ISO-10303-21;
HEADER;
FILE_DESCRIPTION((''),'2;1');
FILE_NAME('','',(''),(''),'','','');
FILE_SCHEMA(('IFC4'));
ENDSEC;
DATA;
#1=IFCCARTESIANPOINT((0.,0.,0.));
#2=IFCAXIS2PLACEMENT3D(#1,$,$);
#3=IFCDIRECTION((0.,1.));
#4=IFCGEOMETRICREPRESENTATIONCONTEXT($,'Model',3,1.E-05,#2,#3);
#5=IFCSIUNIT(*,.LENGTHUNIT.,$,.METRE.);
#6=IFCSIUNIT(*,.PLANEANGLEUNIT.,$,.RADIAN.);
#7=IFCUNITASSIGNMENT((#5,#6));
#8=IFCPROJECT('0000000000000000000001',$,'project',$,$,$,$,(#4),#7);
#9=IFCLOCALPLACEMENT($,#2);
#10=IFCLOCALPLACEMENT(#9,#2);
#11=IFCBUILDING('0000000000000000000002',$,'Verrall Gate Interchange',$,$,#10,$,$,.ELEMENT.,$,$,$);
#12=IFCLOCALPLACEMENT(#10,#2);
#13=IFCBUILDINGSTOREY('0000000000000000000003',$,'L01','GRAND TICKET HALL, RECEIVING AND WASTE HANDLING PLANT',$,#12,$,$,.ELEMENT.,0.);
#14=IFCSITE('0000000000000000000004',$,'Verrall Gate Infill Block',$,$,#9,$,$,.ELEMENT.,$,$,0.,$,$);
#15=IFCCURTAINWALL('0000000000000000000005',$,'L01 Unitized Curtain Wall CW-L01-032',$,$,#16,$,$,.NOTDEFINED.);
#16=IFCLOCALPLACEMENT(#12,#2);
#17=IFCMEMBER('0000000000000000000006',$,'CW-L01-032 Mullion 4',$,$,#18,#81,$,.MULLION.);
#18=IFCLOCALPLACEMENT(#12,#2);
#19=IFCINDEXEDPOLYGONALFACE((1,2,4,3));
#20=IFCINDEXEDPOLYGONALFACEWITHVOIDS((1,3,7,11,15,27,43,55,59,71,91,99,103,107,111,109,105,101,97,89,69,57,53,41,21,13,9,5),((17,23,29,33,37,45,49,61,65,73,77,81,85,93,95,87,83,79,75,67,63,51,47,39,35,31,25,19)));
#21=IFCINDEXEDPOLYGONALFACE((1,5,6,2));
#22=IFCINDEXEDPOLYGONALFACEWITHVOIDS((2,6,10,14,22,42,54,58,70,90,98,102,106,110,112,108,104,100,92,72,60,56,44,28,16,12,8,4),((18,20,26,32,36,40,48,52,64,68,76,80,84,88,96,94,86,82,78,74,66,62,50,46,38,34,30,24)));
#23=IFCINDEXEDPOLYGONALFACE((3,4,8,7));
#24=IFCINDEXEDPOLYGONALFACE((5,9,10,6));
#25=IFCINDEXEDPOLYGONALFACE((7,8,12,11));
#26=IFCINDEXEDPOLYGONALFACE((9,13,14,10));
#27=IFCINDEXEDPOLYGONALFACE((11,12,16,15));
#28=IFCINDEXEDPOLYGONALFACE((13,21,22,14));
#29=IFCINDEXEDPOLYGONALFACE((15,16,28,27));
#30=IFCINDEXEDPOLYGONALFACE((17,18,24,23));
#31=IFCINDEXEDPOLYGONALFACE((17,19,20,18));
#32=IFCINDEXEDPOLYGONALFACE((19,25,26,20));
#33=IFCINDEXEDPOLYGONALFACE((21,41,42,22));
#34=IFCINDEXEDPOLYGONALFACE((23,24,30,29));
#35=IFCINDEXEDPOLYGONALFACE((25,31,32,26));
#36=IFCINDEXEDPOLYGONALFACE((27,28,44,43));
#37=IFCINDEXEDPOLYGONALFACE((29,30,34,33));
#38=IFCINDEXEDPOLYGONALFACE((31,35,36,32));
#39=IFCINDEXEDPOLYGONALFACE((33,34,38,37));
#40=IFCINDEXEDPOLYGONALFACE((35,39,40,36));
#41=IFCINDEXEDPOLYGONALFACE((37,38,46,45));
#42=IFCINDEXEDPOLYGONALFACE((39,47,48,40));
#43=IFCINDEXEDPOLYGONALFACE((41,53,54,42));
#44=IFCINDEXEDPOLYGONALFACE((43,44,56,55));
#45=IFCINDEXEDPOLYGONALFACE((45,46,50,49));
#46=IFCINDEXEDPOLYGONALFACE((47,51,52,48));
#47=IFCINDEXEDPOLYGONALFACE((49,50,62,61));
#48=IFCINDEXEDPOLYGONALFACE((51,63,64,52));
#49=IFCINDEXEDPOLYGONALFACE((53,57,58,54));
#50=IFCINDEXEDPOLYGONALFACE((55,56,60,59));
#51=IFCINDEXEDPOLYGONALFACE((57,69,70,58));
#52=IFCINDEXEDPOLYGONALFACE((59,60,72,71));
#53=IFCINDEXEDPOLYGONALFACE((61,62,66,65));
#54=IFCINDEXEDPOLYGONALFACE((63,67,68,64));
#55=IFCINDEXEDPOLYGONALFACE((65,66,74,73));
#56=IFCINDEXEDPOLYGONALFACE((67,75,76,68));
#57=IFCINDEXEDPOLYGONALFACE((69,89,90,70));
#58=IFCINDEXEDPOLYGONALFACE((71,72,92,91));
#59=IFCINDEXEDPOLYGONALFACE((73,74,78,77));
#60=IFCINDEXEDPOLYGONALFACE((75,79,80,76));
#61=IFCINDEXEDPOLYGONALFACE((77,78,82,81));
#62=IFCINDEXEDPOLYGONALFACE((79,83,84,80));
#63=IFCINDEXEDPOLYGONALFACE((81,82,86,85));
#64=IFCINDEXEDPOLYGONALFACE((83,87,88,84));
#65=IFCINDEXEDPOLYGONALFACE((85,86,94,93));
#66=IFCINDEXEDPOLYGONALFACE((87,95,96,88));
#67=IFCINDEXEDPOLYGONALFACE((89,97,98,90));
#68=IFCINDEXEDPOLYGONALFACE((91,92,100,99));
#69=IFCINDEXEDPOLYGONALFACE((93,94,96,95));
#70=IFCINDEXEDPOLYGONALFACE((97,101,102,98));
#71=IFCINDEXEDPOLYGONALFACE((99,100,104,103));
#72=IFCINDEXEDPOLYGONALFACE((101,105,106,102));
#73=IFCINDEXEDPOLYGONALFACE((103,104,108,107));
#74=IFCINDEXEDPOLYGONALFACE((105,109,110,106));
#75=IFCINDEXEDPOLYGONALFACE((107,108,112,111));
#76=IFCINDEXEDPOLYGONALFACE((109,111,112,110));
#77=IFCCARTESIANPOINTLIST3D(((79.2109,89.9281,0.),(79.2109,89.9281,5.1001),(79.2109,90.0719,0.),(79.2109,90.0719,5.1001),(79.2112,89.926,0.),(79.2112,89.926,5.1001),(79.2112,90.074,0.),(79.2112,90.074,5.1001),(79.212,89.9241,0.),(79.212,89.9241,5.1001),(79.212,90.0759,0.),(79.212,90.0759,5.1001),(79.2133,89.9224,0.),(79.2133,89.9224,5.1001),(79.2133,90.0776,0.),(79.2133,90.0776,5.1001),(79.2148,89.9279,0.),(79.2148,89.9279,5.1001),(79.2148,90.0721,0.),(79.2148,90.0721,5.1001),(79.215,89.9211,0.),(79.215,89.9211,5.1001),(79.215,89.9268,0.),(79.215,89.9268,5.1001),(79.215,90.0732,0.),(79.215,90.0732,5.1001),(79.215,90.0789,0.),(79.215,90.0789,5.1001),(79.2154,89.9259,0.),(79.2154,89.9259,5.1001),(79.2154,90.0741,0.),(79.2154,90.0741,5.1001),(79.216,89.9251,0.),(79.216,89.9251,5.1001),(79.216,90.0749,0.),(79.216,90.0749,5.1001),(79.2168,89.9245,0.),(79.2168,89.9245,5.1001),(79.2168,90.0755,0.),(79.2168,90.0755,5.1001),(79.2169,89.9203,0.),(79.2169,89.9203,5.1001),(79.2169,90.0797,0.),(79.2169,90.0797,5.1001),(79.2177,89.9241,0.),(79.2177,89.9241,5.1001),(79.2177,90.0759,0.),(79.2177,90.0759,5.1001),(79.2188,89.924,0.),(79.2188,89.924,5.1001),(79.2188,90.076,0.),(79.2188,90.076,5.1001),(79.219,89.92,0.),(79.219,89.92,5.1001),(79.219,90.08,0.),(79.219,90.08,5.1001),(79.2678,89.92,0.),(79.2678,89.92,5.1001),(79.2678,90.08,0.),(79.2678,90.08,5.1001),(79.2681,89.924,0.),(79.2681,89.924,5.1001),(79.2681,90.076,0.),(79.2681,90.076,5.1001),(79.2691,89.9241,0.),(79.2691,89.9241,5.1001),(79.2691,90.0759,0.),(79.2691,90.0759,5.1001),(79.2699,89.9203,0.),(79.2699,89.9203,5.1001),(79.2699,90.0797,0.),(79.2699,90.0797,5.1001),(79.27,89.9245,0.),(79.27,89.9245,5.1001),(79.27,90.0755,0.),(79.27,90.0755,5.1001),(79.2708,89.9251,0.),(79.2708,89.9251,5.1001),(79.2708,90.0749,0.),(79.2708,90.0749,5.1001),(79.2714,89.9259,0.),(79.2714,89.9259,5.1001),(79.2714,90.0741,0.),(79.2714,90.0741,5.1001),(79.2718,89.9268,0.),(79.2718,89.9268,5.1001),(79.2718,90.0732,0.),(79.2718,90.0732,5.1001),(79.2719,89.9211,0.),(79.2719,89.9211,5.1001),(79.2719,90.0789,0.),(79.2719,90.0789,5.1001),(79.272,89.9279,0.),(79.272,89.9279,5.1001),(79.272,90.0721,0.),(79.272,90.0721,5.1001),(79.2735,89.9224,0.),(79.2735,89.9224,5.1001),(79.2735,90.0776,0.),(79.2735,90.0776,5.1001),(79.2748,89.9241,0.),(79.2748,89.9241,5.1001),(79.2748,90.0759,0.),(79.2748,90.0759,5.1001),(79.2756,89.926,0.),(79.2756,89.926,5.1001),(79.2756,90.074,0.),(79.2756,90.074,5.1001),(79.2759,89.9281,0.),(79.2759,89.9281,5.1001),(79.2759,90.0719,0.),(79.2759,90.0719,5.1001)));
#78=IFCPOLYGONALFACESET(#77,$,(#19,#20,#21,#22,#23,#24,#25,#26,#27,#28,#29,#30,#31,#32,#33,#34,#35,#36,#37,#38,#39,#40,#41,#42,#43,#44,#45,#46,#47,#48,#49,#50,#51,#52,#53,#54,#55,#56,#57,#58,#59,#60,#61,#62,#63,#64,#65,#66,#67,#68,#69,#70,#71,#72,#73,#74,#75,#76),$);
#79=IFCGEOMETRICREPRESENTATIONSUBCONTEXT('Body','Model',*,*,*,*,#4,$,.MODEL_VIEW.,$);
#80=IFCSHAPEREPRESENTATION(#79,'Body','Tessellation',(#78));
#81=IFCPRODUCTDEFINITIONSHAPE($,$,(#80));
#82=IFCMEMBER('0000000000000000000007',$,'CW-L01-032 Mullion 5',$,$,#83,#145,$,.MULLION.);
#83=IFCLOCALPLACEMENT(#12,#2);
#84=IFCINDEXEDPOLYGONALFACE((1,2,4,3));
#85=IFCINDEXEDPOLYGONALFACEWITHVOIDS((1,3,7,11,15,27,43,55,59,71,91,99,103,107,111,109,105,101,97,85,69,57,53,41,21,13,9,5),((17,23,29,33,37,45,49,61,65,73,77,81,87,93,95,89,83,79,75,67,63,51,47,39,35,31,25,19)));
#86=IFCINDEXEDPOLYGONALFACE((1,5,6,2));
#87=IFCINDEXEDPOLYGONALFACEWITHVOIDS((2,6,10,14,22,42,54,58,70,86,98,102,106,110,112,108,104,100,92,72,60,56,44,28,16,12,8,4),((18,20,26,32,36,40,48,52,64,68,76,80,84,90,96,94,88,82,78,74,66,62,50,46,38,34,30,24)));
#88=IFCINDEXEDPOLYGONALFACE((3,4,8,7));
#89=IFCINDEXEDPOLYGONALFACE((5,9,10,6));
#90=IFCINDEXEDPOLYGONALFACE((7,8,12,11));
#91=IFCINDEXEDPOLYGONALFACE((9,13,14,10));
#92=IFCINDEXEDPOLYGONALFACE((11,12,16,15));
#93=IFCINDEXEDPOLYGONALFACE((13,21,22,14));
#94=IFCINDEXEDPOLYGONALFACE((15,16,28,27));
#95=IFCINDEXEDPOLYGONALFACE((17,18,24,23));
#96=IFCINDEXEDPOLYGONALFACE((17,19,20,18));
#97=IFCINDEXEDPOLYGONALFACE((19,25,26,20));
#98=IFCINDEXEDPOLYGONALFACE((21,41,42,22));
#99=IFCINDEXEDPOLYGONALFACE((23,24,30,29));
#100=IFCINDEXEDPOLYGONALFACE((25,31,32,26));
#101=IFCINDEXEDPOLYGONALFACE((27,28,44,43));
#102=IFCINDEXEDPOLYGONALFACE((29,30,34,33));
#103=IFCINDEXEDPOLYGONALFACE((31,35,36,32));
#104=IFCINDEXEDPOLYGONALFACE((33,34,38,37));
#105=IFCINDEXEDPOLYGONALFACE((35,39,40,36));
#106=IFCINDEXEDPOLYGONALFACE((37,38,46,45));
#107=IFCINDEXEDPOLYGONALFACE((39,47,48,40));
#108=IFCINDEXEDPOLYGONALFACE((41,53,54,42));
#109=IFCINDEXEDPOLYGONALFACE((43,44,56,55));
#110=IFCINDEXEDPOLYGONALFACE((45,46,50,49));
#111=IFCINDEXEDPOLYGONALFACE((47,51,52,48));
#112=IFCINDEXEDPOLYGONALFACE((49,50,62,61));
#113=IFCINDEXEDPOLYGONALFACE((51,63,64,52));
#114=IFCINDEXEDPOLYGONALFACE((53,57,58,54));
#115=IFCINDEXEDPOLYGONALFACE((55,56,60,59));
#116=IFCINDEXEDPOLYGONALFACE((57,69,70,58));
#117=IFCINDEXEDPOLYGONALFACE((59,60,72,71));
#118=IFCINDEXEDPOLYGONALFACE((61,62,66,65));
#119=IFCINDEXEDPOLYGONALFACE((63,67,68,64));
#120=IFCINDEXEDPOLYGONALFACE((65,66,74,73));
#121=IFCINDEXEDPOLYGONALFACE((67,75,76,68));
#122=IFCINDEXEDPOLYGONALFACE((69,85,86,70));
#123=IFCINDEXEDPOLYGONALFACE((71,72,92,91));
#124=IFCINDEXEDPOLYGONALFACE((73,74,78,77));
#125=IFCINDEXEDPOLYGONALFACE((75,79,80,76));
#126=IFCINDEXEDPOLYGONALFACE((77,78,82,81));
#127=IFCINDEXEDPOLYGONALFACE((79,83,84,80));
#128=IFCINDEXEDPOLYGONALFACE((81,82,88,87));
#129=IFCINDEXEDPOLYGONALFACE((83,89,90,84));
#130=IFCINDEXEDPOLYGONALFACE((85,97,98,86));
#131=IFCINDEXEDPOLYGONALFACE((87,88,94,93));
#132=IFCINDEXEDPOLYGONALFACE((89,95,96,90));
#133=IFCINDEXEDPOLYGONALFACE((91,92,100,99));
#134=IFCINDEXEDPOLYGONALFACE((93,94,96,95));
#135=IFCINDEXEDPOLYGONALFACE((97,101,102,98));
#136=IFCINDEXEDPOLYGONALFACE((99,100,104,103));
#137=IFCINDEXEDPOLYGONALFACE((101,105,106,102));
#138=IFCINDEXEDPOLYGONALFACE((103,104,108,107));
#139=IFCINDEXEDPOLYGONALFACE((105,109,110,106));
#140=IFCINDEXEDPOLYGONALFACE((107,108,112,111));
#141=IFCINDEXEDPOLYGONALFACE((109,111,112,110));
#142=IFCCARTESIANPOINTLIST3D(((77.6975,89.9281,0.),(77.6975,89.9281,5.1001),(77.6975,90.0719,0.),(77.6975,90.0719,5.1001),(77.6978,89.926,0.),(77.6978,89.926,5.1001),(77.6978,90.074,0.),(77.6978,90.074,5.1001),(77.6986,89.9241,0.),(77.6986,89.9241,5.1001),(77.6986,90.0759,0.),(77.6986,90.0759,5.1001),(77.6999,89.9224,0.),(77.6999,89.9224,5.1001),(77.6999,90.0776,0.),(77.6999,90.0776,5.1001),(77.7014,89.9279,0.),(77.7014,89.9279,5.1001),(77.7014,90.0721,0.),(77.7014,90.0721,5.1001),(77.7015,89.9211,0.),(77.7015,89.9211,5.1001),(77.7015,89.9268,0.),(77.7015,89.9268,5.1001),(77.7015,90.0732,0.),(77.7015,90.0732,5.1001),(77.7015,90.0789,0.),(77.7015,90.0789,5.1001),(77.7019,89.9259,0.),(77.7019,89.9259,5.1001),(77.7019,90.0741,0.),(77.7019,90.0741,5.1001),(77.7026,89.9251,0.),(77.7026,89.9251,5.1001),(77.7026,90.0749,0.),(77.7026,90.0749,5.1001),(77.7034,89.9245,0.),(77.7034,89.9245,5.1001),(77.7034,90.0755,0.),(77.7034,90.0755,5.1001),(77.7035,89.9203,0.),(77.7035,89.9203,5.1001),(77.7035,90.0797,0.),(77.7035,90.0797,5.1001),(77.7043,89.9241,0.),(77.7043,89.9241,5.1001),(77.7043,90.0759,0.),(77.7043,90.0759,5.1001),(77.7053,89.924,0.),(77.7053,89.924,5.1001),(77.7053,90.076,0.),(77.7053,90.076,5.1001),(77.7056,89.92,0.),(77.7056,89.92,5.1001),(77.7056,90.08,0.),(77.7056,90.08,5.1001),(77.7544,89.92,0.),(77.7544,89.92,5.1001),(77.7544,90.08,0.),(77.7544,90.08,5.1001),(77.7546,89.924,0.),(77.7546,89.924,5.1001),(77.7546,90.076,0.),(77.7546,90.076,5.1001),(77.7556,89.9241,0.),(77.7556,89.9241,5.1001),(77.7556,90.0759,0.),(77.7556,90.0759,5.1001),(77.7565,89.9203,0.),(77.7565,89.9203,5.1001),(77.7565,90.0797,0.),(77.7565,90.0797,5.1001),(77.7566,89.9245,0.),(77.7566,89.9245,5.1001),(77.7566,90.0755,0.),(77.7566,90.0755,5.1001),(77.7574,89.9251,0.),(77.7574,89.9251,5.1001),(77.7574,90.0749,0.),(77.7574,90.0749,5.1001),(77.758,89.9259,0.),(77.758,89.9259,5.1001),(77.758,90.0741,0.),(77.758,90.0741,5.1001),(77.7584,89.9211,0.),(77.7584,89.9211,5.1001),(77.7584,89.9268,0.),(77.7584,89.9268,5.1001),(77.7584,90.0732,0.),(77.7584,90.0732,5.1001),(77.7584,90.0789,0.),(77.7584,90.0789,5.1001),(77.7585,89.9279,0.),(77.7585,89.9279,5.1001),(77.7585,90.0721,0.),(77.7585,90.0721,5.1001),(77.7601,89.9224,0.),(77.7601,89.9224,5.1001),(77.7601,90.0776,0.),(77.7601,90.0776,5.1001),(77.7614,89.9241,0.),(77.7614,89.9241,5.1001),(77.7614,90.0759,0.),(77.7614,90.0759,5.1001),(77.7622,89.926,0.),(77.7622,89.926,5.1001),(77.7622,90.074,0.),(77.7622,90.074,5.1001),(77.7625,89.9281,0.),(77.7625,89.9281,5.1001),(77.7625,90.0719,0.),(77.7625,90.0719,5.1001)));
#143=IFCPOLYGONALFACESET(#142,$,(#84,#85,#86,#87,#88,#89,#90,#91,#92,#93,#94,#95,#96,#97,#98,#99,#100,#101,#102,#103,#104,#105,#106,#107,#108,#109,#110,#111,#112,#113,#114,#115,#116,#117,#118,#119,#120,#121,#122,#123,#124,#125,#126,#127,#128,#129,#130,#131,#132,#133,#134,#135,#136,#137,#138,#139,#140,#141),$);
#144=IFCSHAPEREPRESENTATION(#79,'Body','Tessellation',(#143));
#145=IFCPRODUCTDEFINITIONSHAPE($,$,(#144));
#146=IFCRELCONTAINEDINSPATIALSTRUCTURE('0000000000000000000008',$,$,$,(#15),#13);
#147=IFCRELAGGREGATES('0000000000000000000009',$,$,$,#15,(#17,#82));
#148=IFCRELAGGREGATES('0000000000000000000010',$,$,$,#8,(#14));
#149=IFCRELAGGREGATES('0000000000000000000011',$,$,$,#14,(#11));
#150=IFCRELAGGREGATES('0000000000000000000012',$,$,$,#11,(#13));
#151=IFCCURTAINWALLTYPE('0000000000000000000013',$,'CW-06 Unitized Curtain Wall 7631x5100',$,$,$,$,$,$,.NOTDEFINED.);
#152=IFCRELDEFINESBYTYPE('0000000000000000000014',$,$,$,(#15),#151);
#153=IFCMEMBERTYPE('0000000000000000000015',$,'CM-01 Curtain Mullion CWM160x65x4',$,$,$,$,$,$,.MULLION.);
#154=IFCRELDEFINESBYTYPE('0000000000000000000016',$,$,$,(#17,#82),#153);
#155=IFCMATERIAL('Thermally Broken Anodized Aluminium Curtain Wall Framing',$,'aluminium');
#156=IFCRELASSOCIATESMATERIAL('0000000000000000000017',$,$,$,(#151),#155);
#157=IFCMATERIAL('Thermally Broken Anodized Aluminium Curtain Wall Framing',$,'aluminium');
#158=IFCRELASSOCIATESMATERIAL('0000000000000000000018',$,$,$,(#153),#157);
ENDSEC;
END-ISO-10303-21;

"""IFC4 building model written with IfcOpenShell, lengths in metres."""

from ifc_helpers import new_model, si_unit, direction, frame, origin, origin_2d, place, context, subcontext, project, spatial, hollow_rectangle, extrude, material, material_profile, profile_set, type_object, element, aggregate, save


model = new_model("IFC4")

# Units and contexts
model_context = context("Model", 3, precision=1e-05, world=origin(), true_north=direction((0.0, 1.0)))
body_context = subcontext(model_context, "Body", "Model", "MODEL_VIEW")
ifc_project = project(units=[si_unit("LENGTHUNIT", "METRE"), si_unit("PLANEANGLEUNIT", "RADIAN")], contexts=[model_context])

# Site, building, storey
site_placement = place(None, origin())
site = spatial("IfcSite", under=ifc_project, at=site_placement, Name="Verrall Gate Infill Block", CompositionType="ELEMENT", RefElevation=0.0)
building_placement = place(site_placement, origin())
building = spatial("IfcBuilding", under=site, at=building_placement, Name="Verrall Gate Interchange", CompositionType="ELEMENT")
storey_placement = place(building_placement, origin())
storey = spatial("IfcBuildingStorey", under=building, at=storey_placement, Name="L01", Description="GRAND TICKET HALL, RECEIVING AND WASTE HANDLING PLANT", CompositionType="ELEMENT", Elevation=0.0)

# Curtain wall, members
ifc_material_1 = material(Name="Thermally Broken Anodized Aluminium Curtain Wall Framing", Category="aluminium")
curtain_wall_type = type_object("IfcCurtainWallType", Name="CW-06 Unitized Curtain Wall 7631x5100", PredefinedType="NOTDEFINED", material=ifc_material_1)
curtain_wall_1_placement = place(storey_placement, origin())
curtain_wall_1 = element("IfcCurtainWall", 1, at=curtain_wall_1_placement, inside=storey, type_object=curtain_wall_type, Name="L01 Unitized Curtain Wall CW-L01-032", PredefinedType="NOTDEFINED")
ifc_material_2 = material(Name="Thermally Broken Anodized Aluminium Curtain Wall Framing", Category="aluminium")
ifc_material_profile_1 = material_profile(ifc_material_2, hollow_rectangle(XDim=0.0649, YDim=0.1599, WallThickness=0.0039, InnerFilletRadius=0.0039, OuterFilletRadius=0.0081, at=origin_2d()), Name="CWM160x65x4")
ifc_profile_set_1 = profile_set([ifc_material_profile_1], Name="Thermally Broken Anodized Aluminium Curtain Wall Framing")
member_type_1 = type_object("IfcMemberType", Name="CM-01 Curtain Mullion CWM160x65x4", PredefinedType="MULLION", material=ifc_profile_set_1)
member_1_placement = place(storey_placement, frame((79.2434, 90.0, 0.0), z_axis=(0.0, 0.0, 1.0), x_axis=(-1.0, 0.0, 0.0)))
member_1 = element("IfcMember", 2, at=member_1_placement, type_object=member_type_1, Name="CW-L01-032 Mullion 4", PredefinedType="MULLION", context=body_context, shape_type="SweptSolid", body=[
    extrude(hollow_rectangle(XDim=0.0649, YDim=0.1599, WallThickness=0.0039, InnerFilletRadius=0.0039, OuterFilletRadius=0.0081, at=origin_2d()), origin(), (0.0, 0.0, 1.0), 5.1001),
])
member_2_placement = place(storey_placement, frame((77.73, 90.0, 0.0), z_axis=(0.0, 0.0, 1.0), x_axis=(-1.0, 0.0, 0.0)))
member_2 = element("IfcMember", 3, at=member_2_placement, type_object=member_type_1, Name="CW-L01-032 Mullion 5", PredefinedType="MULLION", context=body_context, shape_type="SweptSolid", body=[
    extrude(hollow_rectangle(XDim=0.0649, YDim=0.1599, WallThickness=0.0039, InnerFilletRadius=0.0039, OuterFilletRadius=0.0081, at=origin_2d()), origin(), (0.0, 0.0, 1.0), 5.1001),
])

aggregate(curtain_wall_1, [member_1, member_2])

save(model, "model.ifc")
